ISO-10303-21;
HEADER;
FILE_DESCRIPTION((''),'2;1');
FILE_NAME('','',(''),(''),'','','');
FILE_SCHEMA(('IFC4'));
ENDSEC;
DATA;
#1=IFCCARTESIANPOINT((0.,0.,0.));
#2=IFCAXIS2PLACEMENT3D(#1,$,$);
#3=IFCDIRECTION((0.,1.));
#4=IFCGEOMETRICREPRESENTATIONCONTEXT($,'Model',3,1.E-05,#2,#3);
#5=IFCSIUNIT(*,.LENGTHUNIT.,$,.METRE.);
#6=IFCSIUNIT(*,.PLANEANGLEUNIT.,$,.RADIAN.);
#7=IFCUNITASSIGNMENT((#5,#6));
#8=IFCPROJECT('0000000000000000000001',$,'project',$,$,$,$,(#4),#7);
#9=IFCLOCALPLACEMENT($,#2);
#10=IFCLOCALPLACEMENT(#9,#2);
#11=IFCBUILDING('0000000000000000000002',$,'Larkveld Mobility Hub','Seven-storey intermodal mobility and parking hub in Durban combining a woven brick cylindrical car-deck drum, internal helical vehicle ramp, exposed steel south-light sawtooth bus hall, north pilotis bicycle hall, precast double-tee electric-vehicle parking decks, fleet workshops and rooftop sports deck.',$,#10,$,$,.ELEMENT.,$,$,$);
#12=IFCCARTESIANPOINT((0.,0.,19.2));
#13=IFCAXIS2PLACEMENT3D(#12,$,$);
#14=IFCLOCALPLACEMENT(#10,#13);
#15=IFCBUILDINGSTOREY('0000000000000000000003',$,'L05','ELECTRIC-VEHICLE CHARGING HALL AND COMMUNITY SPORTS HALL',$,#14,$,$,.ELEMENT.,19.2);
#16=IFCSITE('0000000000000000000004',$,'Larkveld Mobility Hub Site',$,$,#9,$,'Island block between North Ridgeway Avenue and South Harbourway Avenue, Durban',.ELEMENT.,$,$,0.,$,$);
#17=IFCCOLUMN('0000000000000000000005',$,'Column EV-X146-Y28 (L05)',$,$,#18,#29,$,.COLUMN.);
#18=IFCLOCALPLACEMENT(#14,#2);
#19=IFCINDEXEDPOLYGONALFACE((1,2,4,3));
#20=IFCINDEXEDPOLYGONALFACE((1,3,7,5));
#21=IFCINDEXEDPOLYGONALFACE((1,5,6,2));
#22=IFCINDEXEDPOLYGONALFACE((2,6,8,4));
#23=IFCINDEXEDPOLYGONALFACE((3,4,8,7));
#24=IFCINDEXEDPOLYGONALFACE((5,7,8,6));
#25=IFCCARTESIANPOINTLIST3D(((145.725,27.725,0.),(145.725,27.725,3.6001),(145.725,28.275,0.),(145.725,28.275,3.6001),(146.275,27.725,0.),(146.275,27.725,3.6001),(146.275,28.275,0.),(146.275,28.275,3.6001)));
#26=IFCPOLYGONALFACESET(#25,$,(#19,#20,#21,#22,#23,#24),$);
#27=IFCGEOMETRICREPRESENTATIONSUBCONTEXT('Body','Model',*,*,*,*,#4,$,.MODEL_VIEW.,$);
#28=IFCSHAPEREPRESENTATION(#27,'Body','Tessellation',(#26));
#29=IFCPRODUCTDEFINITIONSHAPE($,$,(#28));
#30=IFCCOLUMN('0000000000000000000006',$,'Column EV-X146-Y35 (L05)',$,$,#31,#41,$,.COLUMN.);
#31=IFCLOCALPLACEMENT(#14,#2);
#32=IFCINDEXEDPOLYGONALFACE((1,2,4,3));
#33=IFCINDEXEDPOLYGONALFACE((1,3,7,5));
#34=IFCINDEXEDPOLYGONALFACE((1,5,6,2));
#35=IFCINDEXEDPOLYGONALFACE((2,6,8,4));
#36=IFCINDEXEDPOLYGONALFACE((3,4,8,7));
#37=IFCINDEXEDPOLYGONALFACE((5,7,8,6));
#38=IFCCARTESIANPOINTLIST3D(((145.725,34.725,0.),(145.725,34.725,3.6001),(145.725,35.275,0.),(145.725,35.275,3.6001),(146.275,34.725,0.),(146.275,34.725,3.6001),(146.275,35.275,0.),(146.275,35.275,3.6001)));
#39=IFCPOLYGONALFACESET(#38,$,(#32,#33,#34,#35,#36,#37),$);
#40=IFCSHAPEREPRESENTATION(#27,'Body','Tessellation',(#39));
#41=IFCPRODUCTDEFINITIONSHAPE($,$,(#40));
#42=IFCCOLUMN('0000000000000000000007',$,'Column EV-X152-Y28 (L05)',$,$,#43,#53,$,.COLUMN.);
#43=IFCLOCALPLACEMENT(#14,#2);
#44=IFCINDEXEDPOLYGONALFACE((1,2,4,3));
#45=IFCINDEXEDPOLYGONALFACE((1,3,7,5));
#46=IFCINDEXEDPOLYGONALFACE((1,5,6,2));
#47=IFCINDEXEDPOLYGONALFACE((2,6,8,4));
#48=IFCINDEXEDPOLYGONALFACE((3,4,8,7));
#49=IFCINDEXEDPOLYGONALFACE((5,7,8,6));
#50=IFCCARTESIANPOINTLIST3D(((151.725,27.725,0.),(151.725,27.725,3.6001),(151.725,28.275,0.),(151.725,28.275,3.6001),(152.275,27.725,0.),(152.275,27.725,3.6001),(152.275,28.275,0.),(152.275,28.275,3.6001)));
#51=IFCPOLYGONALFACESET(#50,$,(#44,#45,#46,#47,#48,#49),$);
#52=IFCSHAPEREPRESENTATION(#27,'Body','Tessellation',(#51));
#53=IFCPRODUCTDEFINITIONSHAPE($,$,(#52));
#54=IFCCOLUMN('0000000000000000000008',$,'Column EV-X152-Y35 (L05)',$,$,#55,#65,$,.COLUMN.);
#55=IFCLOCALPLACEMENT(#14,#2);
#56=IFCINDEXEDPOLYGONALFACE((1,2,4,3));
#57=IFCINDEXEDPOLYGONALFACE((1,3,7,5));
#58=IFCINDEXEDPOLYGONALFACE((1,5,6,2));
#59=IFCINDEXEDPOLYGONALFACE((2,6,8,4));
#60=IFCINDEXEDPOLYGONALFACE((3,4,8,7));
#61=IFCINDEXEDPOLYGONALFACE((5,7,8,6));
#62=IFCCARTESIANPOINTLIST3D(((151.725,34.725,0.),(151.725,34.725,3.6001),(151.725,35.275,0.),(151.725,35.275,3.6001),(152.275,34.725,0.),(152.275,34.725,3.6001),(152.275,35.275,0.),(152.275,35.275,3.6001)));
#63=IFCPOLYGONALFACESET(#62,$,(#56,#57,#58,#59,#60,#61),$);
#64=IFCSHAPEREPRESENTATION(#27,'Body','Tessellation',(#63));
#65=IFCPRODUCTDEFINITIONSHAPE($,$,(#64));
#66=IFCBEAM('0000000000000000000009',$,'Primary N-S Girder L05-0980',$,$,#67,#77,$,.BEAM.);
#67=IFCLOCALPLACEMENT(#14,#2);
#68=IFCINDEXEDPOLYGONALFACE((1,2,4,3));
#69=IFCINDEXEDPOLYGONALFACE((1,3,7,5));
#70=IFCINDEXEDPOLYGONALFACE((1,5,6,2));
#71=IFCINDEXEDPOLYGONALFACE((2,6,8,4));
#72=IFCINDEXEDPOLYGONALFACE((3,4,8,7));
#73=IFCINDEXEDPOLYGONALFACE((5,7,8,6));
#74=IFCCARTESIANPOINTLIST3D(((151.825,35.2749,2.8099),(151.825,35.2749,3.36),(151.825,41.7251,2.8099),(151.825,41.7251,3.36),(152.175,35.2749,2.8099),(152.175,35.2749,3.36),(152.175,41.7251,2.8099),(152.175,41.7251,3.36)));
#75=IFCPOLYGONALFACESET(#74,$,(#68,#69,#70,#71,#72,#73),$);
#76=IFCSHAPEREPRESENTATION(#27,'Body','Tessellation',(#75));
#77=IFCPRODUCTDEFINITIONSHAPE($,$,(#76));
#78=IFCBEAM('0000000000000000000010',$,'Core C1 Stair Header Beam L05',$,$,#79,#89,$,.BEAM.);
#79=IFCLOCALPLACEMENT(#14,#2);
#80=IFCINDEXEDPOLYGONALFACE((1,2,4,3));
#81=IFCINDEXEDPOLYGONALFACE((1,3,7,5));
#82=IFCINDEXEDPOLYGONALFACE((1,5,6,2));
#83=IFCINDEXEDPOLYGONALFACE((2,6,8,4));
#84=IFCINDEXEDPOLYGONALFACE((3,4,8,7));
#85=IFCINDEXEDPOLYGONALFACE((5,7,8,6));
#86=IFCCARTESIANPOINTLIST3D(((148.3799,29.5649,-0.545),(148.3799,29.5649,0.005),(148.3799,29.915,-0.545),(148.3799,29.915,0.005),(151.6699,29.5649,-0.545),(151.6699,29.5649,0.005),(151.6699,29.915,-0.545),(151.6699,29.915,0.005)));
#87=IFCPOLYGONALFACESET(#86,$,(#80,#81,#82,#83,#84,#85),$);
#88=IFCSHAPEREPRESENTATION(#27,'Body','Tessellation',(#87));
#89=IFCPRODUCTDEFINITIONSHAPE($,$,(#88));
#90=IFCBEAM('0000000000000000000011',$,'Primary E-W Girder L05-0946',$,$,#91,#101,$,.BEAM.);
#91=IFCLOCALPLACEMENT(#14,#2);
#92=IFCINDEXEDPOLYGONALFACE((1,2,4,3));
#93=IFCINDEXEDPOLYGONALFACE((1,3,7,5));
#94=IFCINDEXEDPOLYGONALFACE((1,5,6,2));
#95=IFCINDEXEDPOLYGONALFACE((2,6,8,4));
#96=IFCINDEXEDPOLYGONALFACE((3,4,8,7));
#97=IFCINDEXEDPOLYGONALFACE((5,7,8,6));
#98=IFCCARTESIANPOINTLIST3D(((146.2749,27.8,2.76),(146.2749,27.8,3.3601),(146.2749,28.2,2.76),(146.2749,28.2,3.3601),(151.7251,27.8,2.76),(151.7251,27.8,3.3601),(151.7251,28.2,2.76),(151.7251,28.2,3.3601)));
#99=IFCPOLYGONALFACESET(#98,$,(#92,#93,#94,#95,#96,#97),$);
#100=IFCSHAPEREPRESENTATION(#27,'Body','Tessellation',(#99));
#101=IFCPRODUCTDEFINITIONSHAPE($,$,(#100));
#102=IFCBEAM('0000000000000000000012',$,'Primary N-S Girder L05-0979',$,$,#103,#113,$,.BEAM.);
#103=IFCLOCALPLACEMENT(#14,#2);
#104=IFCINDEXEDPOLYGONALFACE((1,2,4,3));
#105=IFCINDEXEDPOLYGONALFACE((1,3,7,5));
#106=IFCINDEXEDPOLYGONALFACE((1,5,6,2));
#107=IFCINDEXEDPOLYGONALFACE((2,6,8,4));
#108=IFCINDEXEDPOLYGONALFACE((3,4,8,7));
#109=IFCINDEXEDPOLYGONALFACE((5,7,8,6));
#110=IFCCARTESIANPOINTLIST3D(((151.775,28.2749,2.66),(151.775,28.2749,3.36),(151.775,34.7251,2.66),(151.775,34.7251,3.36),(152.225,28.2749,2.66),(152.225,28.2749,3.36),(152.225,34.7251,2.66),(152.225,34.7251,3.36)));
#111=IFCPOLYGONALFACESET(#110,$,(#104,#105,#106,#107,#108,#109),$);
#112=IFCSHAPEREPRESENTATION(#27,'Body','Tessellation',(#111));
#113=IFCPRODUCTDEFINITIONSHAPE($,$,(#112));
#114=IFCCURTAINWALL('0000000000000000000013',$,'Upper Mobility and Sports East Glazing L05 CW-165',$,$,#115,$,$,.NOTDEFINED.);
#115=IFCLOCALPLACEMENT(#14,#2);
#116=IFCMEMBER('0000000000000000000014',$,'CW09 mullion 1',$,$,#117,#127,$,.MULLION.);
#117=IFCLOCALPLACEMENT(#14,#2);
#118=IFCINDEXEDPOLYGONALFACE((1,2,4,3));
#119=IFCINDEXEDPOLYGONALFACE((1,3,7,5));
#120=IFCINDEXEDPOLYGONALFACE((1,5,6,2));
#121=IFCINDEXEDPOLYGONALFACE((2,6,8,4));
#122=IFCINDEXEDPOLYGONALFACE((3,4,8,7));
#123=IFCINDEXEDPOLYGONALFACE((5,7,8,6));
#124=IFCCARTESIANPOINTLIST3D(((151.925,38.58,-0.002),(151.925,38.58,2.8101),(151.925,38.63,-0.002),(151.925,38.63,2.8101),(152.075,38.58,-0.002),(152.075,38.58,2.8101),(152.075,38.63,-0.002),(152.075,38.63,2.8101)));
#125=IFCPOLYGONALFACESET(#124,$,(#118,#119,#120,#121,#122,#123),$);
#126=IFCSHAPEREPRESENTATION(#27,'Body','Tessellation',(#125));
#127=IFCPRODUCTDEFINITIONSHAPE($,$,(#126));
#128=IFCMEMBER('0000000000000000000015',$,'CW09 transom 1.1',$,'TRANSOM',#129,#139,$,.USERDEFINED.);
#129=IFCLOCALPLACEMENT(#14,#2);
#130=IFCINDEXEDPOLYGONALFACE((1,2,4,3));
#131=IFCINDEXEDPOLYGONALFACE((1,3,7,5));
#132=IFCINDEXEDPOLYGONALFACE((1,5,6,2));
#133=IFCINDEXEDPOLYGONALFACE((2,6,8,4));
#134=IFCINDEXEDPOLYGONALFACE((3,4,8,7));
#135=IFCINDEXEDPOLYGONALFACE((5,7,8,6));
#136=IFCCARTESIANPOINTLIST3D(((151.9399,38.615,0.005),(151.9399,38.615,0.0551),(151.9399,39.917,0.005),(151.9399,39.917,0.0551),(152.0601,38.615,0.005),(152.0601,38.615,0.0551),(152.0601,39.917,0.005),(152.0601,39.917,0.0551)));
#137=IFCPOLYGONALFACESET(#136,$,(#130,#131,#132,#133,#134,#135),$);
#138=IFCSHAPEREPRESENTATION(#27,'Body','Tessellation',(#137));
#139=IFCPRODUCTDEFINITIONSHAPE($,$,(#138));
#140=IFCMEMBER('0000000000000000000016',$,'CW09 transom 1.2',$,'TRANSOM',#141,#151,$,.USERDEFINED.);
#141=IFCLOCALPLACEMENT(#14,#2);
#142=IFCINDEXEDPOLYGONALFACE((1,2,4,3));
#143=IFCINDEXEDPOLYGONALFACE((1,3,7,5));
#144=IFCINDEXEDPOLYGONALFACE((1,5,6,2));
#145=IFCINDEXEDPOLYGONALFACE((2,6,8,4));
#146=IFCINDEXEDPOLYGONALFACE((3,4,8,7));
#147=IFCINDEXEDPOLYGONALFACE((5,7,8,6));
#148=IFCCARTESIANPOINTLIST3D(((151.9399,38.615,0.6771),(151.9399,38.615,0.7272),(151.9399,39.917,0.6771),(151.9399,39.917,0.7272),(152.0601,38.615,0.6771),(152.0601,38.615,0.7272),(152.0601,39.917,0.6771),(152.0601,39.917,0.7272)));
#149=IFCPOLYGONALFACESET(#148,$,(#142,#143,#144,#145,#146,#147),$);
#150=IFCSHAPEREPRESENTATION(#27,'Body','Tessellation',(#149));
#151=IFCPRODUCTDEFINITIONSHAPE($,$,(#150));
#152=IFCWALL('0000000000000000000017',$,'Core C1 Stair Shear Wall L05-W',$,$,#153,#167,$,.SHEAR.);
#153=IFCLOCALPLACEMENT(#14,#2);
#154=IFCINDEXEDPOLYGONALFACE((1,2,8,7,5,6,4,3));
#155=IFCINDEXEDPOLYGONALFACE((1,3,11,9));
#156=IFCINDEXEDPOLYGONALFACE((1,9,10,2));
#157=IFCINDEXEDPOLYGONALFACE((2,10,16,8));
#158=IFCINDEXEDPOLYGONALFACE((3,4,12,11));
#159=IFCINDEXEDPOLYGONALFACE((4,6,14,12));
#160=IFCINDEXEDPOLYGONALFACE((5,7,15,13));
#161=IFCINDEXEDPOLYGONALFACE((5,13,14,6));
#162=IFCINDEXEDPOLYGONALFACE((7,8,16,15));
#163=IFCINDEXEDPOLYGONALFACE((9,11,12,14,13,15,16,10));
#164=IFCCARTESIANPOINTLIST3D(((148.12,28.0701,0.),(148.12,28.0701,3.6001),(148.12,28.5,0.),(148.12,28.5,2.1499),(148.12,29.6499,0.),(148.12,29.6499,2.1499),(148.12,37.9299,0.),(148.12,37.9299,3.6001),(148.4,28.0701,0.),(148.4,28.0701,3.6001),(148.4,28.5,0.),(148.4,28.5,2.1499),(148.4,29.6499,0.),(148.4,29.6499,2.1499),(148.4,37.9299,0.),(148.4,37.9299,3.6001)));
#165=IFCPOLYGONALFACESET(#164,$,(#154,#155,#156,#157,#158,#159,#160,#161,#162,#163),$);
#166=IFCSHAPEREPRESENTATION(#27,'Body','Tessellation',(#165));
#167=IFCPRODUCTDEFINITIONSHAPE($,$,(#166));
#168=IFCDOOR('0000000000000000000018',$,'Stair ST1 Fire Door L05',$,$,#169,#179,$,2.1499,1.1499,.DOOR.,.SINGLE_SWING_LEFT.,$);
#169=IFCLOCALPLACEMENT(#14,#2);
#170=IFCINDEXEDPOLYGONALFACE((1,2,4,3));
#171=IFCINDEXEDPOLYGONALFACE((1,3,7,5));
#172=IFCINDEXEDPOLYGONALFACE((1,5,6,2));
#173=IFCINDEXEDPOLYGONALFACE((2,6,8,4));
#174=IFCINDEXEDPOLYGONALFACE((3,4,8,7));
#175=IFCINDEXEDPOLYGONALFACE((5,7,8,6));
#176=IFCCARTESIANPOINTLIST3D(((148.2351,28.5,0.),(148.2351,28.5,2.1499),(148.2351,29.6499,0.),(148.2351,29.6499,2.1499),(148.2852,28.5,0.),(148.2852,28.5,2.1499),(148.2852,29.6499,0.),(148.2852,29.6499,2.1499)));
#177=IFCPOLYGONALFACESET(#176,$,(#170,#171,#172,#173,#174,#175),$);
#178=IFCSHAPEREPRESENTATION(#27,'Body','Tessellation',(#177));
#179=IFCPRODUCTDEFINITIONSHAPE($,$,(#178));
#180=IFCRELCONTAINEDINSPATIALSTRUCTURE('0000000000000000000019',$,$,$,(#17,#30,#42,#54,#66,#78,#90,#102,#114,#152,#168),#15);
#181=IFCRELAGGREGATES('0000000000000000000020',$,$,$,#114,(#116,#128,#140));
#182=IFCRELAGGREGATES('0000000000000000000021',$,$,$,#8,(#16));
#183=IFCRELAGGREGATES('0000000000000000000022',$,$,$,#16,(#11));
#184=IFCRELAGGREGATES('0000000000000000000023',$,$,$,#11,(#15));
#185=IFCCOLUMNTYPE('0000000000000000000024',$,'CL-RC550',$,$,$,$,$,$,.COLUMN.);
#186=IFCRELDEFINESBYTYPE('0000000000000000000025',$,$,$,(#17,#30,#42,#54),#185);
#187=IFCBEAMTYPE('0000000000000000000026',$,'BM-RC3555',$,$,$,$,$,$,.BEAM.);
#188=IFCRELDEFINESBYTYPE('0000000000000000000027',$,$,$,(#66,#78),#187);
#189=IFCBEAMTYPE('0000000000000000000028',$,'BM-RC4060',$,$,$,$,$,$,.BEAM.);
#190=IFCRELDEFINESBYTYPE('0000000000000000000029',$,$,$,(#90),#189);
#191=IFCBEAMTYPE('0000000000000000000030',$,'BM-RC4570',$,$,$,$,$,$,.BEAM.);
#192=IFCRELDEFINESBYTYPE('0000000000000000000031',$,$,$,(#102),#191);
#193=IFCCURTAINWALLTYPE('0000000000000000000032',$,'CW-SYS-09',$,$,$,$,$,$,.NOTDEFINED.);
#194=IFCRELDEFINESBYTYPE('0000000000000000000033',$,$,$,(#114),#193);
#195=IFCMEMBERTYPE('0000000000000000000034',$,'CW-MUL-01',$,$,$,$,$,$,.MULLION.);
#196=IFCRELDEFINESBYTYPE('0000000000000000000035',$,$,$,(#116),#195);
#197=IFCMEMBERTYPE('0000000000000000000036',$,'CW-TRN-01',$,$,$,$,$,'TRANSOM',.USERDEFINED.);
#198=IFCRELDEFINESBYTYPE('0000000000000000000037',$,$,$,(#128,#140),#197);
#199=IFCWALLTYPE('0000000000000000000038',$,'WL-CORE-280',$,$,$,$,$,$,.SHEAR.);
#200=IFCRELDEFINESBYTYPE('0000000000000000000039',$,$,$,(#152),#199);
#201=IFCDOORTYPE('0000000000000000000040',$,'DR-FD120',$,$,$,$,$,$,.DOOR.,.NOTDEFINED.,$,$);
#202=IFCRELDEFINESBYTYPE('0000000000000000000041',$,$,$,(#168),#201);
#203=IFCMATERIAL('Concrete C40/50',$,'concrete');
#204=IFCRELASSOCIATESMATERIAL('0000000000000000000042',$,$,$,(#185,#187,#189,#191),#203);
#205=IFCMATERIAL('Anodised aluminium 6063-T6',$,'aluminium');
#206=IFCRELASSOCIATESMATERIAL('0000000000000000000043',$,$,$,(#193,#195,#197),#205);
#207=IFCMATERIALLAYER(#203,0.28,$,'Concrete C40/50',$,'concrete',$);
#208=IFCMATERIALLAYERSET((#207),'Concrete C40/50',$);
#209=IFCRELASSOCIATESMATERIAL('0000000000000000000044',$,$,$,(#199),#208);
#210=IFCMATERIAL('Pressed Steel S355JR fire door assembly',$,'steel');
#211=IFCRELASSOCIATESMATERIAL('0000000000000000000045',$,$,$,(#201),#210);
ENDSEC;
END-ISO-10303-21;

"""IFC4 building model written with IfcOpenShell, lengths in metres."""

from ifc_helpers import new_model, si_unit, direction, frame, frame_2d, origin, origin_2d, place, context, subcontext, project, spatial, rectangle, extrude, material, layer, layer_set, material_profile, profile_set, type_object, element, fill, aggregate, save


model = new_model("IFC4")

# Units and contexts
model_context = context("Model", 3, precision=1e-05, world=origin(), true_north=direction((0.0, 1.0)))
body_context = subcontext(model_context, "Body", "Model", "MODEL_VIEW")
ifc_project = project(units=[si_unit("LENGTHUNIT", "METRE"), si_unit("PLANEANGLEUNIT", "RADIAN")], contexts=[model_context])

# Site, building, storey
site_placement = place(None, origin())
site = spatial("IfcSite", under=ifc_project, at=site_placement, Name="Larkveld Mobility Hub Site", LongName="Island block between North Ridgeway Avenue and South Harbourway Avenue, Durban", CompositionType="ELEMENT", RefElevation=0.0)
building_placement = place(site_placement, origin())
building = spatial("IfcBuilding", under=site, at=building_placement, Name="Larkveld Mobility Hub", Description="Seven-storey intermodal mobility and parking hub in Durban combining a woven brick cylindrical car-deck drum, internal helical vehicle ramp, exposed steel south-light sawtooth bus hall, north pilotis bicycle hall, precast double-tee electric-vehicle parking decks, fleet workshops and rooftop sports deck.", CompositionType="ELEMENT")
storey_placement = place(building_placement, frame((0.0, 0.0, 19.2)))
storey = spatial("IfcBuildingStorey", under=building, at=storey_placement, Name="L05", Description="ELECTRIC-VEHICLE CHARGING HALL AND COMMUNITY SPORTS HALL", CompositionType="ELEMENT", Elevation=19.2)

# Columns
ifc_material_1 = material(Name="Concrete C40/50", Category="concrete")
ifc_material_profile_1 = material_profile(ifc_material_1, rectangle(XDim=0.55, YDim=0.55, at=origin_2d()), Name="RC COL 550x550")
ifc_profile_set_1 = profile_set([ifc_material_profile_1], Name="Concrete C40/50")
column_type = type_object("IfcColumnType", Name="CL-RC550", PredefinedType="COLUMN", material=ifc_profile_set_1)
for number, where, z_axis, x_axis, name in (
    (1, (146.0, 28.0, 0.0), (0.0, 0.0, 1.0), (1.0, 0.0, 0.0), "Column EV-X146-Y28 (L05)"),
    (2, (146.0, 35.0, 0.0), (0.0, 0.0, 1.0), (1.0, 0.0, 0.0), "Column EV-X146-Y35 (L05)"),
    (3, (152.0, 28.0, 0.0), (0.0, 0.0, 1.0), (1.0, 0.0, 0.0), "Column EV-X152-Y28 (L05)"),
    (4, (152.0, 35.0, 0.0), (0.0, 0.0, 1.0), (1.0, 0.0, 0.0), "Column EV-X152-Y35 (L05)"),
):
    element("IfcColumn", number, at=place(storey_placement, frame(where, z_axis=z_axis, x_axis=x_axis)), inside=storey, type_object=column_type, Name=name, PredefinedType="COLUMN", context=body_context, shape_type="SweptSolid", body=[
        extrude(rectangle(XDim=0.55, YDim=0.55, at=origin_2d()), origin(), (0.0, 0.0, 1.0), 3.6001),
    ])

# Beams
ifc_material_profile_2 = material_profile(ifc_material_1, rectangle(XDim=0.3501, YDim=0.55, at=origin_2d()), Name="RC BM 350x550")
ifc_profile_set_2 = profile_set([ifc_material_profile_2], Name="Concrete C40/50")
beam_type_1 = type_object("IfcBeamType", Name="BM-RC3555", PredefinedType="BEAM", material=ifc_profile_set_2)
beam_1_placement = place(storey_placement, frame((152.0, 35.2749, 3.085), z_axis=(0.0, 1.0, 0.0), x_axis=(-1.0, 0.0, 0.0)))
element("IfcBeam", 5, at=beam_1_placement, inside=storey, type_object=beam_type_1, Name="Primary N-S Girder L05-0980", PredefinedType="BEAM", context=body_context, shape_type="SweptSolid", body=[
    extrude(rectangle(XDim=0.3501, YDim=0.55, at=origin_2d()), origin(), (0.0, 0.0, 1.0), 6.4502),
])
beam_2_placement = place(storey_placement, frame((148.3799, 29.74, -0.27), z_axis=(1.0, 0.0, 0.0), x_axis=(0.0, 1.0, 0.0)))
element("IfcBeam", 6, at=beam_2_placement, inside=storey, type_object=beam_type_1, Name="Core C1 Stair Header Beam L05", PredefinedType="BEAM", context=body_context, shape_type="SweptSolid", body=[
    extrude(rectangle(XDim=0.3501, YDim=0.55, at=origin_2d()), origin(), (0.0, 0.0, 1.0), 3.29),
])
ifc_material_profile_3 = material_profile(ifc_material_1, rectangle(XDim=0.3999, YDim=0.6001, at=origin_2d()), Name="RC BM 400x600")
ifc_profile_set_3 = profile_set([ifc_material_profile_3], Name="Concrete C40/50")
beam_type_2 = type_object("IfcBeamType", Name="BM-RC4060", PredefinedType="BEAM", material=ifc_profile_set_3)
beam_3_placement = place(storey_placement, frame((146.2749, 28.0, 3.0601), z_axis=(1.0, 0.0, 0.0), x_axis=(0.0, 1.0, 0.0)))
element("IfcBeam", 7, at=beam_3_placement, inside=storey, type_object=beam_type_2, Name="Primary E-W Girder L05-0946", PredefinedType="BEAM", context=body_context, shape_type="SweptSolid", body=[
    extrude(rectangle(XDim=0.3999, YDim=0.6001, at=origin_2d()), origin(), (0.0, 0.0, 1.0), 5.4502),
])
ifc_material_profile_4 = material_profile(ifc_material_1, rectangle(XDim=0.45, YDim=0.7, at=origin_2d()), Name="RC BM 450x700")
ifc_profile_set_4 = profile_set([ifc_material_profile_4], Name="Concrete C40/50")
beam_type_3 = type_object("IfcBeamType", Name="BM-RC4570", PredefinedType="BEAM", material=ifc_profile_set_4)
beam_4_placement = place(storey_placement, frame((152.0, 28.2749, 3.01), z_axis=(0.0, 1.0, 0.0), x_axis=(-1.0, 0.0, 0.0)))
element("IfcBeam", 8, at=beam_4_placement, inside=storey, type_object=beam_type_3, Name="Primary N-S Girder L05-0979", PredefinedType="BEAM", context=body_context, shape_type="SweptSolid", body=[
    extrude(rectangle(XDim=0.45, YDim=0.7, at=origin_2d()), origin(), (0.0, 0.0, 1.0), 6.4502),
])

# Curtain wall, members
ifc_material_2 = material(Name="Anodised aluminium 6063-T6", Category="aluminium")
curtain_wall_type = type_object("IfcCurtainWallType", Name="CW-SYS-09", PredefinedType="NOTDEFINED", material=ifc_material_2)
curtain_wall_placement = place(storey_placement, origin())
curtain_wall = element("IfcCurtainWall", 9, at=curtain_wall_placement, inside=storey, type_object=curtain_wall_type, Name="Upper Mobility and Sports East Glazing L05 CW-165", PredefinedType="NOTDEFINED")
ifc_material_profile_5 = material_profile(ifc_material_2, rectangle(XDim=0.05, YDim=0.1499, at=origin_2d()), Name="ALU MULL 50x150")
ifc_profile_set_5 = profile_set([ifc_material_profile_5], Name="Anodised aluminium 6063-T6")
member_type_1 = type_object("IfcMemberType", Name="CW-MUL-01", PredefinedType="MULLION", material=ifc_profile_set_5)
member_1_placement = place(storey_placement, frame((152.0, 38.605, -0.002), z_axis=(0.0, 0.0, 1.0), x_axis=(0.0, 1.0, 0.0)))
member_1 = element("IfcMember", 10, at=member_1_placement, type_object=member_type_1, Name="CW09 mullion 1", PredefinedType="MULLION", context=body_context, shape_type="SweptSolid", body=[
    extrude(rectangle(XDim=0.05, YDim=0.1499, at=origin_2d()), origin(), (0.0, 0.0, 1.0), 2.812),
])
ifc_material_profile_6 = material_profile(ifc_material_2, rectangle(XDim=0.1201, YDim=0.05, at=origin_2d()), Name="ALU TRAN 50x120")
ifc_profile_set_6 = profile_set([ifc_material_profile_6], Name="Anodised aluminium 6063-T6")
member_type_2 = type_object("IfcMemberType", Name="CW-TRN-01", ElementType="TRANSOM", PredefinedType="USERDEFINED", material=ifc_profile_set_6)
member_2_placement = place(storey_placement, frame((152.0, 38.615, 0.03), z_axis=(0.0, 1.0, 0.0), x_axis=(-1.0, 0.0, 0.0)))
member_2 = element("IfcMember", 11, at=member_2_placement, type_object=member_type_2, Name="CW09 transom 1.1", ObjectType="TRANSOM", PredefinedType="USERDEFINED", context=body_context, shape_type="SweptSolid", body=[
    extrude(rectangle(XDim=0.1201, YDim=0.05, at=origin_2d()), origin(), (0.0, 0.0, 1.0), 1.302),
])
member_3_placement = place(storey_placement, frame((152.0, 38.615, 0.7021), z_axis=(0.0, 1.0, 0.0), x_axis=(-1.0, 0.0, 0.0)))
member_3 = element("IfcMember", 12, at=member_3_placement, type_object=member_type_2, Name="CW09 transom 1.2", ObjectType="TRANSOM", PredefinedType="USERDEFINED", context=body_context, shape_type="SweptSolid", body=[
    extrude(rectangle(XDim=0.1201, YDim=0.05, at=origin_2d()), origin(), (0.0, 0.0, 1.0), 1.302),
])
aggregate(curtain_wall, [member_1, member_2, member_3])

# Wall, opening, door
ifc_layer_1 = layer(ifc_material_1, 0.28, Name="Concrete C40/50", Category="concrete")
ifc_layer_set_1 = layer_set([ifc_layer_1], Name="Concrete C40/50")
wall_type_1 = type_object("IfcWallType", Name="WL-CORE-280", PredefinedType="SHEAR", material=ifc_layer_set_1)
wall_1_placement = place(storey_placement, frame((148.26, 28.0701, 0.0), z_axis=(0.0, 0.0, 1.0), x_axis=(0.0, 1.0, 0.0)))
wall_1 = element("IfcWall", 13, at=wall_1_placement, inside=storey, type_object=wall_type_1, Name="Core C1 Stair Shear Wall L05-W", PredefinedType="SHEAR", context=body_context, shape_type="SweptSolid", body=[
    extrude(rectangle(XDim=9.8599, YDim=0.28, at=frame_2d((4.9299, 0.0))), origin(), (0.0, 0.0, 1.0), 3.6001),
])
opening_1_placement = place(wall_1_placement, frame((0.4299, 0.0, 0.0)))
opening_1 = element("IfcOpeningElement", 14, at=opening_1_placement, cuts=wall_1, PredefinedType="OPENING", context=body_context, shape_type="SweptSolid", body=[
    extrude(rectangle(XDim=1.1499, YDim=2.1499, at=frame_2d((0.575, 1.075))), frame((0.0, 0.1499, 0.0), z_axis=(0.0, -1.0, 0.0), x_axis=(1.0, 0.0, 0.0)), (0.0, 0.0, 1.0), 0.3),
])
ifc_material_3 = material(Name="Pressed Steel S355JR fire door assembly", Category="steel")
door_type_1 = type_object("IfcDoorType", Name="DR-FD120", OperationType="NOTDEFINED", PredefinedType="DOOR", material=ifc_material_3)
door_1_placement = place(opening_1_placement, origin())
door_1 = element("IfcDoor", 15, at=door_1_placement, inside=storey, type_object=door_type_1, Name="Stair ST1 Fire Door L05", OperationType="SINGLE_SWING_LEFT", OverallHeight=2.1499, OverallWidth=1.1499, PredefinedType="DOOR", context=body_context, shape_type="SweptSolid", body=[
    extrude(rectangle(XDim=1.1499, YDim=2.1499, at=frame_2d((0.575, 1.075))), frame((0.0, 0.0249, 0.0), z_axis=(0.0, -1.0, 0.0), x_axis=(1.0, 0.0, 0.0)), (0.0, 0.0, 1.0), 0.05),
])
fill(opening_1, door_1)

save(model, "model.ifc")
